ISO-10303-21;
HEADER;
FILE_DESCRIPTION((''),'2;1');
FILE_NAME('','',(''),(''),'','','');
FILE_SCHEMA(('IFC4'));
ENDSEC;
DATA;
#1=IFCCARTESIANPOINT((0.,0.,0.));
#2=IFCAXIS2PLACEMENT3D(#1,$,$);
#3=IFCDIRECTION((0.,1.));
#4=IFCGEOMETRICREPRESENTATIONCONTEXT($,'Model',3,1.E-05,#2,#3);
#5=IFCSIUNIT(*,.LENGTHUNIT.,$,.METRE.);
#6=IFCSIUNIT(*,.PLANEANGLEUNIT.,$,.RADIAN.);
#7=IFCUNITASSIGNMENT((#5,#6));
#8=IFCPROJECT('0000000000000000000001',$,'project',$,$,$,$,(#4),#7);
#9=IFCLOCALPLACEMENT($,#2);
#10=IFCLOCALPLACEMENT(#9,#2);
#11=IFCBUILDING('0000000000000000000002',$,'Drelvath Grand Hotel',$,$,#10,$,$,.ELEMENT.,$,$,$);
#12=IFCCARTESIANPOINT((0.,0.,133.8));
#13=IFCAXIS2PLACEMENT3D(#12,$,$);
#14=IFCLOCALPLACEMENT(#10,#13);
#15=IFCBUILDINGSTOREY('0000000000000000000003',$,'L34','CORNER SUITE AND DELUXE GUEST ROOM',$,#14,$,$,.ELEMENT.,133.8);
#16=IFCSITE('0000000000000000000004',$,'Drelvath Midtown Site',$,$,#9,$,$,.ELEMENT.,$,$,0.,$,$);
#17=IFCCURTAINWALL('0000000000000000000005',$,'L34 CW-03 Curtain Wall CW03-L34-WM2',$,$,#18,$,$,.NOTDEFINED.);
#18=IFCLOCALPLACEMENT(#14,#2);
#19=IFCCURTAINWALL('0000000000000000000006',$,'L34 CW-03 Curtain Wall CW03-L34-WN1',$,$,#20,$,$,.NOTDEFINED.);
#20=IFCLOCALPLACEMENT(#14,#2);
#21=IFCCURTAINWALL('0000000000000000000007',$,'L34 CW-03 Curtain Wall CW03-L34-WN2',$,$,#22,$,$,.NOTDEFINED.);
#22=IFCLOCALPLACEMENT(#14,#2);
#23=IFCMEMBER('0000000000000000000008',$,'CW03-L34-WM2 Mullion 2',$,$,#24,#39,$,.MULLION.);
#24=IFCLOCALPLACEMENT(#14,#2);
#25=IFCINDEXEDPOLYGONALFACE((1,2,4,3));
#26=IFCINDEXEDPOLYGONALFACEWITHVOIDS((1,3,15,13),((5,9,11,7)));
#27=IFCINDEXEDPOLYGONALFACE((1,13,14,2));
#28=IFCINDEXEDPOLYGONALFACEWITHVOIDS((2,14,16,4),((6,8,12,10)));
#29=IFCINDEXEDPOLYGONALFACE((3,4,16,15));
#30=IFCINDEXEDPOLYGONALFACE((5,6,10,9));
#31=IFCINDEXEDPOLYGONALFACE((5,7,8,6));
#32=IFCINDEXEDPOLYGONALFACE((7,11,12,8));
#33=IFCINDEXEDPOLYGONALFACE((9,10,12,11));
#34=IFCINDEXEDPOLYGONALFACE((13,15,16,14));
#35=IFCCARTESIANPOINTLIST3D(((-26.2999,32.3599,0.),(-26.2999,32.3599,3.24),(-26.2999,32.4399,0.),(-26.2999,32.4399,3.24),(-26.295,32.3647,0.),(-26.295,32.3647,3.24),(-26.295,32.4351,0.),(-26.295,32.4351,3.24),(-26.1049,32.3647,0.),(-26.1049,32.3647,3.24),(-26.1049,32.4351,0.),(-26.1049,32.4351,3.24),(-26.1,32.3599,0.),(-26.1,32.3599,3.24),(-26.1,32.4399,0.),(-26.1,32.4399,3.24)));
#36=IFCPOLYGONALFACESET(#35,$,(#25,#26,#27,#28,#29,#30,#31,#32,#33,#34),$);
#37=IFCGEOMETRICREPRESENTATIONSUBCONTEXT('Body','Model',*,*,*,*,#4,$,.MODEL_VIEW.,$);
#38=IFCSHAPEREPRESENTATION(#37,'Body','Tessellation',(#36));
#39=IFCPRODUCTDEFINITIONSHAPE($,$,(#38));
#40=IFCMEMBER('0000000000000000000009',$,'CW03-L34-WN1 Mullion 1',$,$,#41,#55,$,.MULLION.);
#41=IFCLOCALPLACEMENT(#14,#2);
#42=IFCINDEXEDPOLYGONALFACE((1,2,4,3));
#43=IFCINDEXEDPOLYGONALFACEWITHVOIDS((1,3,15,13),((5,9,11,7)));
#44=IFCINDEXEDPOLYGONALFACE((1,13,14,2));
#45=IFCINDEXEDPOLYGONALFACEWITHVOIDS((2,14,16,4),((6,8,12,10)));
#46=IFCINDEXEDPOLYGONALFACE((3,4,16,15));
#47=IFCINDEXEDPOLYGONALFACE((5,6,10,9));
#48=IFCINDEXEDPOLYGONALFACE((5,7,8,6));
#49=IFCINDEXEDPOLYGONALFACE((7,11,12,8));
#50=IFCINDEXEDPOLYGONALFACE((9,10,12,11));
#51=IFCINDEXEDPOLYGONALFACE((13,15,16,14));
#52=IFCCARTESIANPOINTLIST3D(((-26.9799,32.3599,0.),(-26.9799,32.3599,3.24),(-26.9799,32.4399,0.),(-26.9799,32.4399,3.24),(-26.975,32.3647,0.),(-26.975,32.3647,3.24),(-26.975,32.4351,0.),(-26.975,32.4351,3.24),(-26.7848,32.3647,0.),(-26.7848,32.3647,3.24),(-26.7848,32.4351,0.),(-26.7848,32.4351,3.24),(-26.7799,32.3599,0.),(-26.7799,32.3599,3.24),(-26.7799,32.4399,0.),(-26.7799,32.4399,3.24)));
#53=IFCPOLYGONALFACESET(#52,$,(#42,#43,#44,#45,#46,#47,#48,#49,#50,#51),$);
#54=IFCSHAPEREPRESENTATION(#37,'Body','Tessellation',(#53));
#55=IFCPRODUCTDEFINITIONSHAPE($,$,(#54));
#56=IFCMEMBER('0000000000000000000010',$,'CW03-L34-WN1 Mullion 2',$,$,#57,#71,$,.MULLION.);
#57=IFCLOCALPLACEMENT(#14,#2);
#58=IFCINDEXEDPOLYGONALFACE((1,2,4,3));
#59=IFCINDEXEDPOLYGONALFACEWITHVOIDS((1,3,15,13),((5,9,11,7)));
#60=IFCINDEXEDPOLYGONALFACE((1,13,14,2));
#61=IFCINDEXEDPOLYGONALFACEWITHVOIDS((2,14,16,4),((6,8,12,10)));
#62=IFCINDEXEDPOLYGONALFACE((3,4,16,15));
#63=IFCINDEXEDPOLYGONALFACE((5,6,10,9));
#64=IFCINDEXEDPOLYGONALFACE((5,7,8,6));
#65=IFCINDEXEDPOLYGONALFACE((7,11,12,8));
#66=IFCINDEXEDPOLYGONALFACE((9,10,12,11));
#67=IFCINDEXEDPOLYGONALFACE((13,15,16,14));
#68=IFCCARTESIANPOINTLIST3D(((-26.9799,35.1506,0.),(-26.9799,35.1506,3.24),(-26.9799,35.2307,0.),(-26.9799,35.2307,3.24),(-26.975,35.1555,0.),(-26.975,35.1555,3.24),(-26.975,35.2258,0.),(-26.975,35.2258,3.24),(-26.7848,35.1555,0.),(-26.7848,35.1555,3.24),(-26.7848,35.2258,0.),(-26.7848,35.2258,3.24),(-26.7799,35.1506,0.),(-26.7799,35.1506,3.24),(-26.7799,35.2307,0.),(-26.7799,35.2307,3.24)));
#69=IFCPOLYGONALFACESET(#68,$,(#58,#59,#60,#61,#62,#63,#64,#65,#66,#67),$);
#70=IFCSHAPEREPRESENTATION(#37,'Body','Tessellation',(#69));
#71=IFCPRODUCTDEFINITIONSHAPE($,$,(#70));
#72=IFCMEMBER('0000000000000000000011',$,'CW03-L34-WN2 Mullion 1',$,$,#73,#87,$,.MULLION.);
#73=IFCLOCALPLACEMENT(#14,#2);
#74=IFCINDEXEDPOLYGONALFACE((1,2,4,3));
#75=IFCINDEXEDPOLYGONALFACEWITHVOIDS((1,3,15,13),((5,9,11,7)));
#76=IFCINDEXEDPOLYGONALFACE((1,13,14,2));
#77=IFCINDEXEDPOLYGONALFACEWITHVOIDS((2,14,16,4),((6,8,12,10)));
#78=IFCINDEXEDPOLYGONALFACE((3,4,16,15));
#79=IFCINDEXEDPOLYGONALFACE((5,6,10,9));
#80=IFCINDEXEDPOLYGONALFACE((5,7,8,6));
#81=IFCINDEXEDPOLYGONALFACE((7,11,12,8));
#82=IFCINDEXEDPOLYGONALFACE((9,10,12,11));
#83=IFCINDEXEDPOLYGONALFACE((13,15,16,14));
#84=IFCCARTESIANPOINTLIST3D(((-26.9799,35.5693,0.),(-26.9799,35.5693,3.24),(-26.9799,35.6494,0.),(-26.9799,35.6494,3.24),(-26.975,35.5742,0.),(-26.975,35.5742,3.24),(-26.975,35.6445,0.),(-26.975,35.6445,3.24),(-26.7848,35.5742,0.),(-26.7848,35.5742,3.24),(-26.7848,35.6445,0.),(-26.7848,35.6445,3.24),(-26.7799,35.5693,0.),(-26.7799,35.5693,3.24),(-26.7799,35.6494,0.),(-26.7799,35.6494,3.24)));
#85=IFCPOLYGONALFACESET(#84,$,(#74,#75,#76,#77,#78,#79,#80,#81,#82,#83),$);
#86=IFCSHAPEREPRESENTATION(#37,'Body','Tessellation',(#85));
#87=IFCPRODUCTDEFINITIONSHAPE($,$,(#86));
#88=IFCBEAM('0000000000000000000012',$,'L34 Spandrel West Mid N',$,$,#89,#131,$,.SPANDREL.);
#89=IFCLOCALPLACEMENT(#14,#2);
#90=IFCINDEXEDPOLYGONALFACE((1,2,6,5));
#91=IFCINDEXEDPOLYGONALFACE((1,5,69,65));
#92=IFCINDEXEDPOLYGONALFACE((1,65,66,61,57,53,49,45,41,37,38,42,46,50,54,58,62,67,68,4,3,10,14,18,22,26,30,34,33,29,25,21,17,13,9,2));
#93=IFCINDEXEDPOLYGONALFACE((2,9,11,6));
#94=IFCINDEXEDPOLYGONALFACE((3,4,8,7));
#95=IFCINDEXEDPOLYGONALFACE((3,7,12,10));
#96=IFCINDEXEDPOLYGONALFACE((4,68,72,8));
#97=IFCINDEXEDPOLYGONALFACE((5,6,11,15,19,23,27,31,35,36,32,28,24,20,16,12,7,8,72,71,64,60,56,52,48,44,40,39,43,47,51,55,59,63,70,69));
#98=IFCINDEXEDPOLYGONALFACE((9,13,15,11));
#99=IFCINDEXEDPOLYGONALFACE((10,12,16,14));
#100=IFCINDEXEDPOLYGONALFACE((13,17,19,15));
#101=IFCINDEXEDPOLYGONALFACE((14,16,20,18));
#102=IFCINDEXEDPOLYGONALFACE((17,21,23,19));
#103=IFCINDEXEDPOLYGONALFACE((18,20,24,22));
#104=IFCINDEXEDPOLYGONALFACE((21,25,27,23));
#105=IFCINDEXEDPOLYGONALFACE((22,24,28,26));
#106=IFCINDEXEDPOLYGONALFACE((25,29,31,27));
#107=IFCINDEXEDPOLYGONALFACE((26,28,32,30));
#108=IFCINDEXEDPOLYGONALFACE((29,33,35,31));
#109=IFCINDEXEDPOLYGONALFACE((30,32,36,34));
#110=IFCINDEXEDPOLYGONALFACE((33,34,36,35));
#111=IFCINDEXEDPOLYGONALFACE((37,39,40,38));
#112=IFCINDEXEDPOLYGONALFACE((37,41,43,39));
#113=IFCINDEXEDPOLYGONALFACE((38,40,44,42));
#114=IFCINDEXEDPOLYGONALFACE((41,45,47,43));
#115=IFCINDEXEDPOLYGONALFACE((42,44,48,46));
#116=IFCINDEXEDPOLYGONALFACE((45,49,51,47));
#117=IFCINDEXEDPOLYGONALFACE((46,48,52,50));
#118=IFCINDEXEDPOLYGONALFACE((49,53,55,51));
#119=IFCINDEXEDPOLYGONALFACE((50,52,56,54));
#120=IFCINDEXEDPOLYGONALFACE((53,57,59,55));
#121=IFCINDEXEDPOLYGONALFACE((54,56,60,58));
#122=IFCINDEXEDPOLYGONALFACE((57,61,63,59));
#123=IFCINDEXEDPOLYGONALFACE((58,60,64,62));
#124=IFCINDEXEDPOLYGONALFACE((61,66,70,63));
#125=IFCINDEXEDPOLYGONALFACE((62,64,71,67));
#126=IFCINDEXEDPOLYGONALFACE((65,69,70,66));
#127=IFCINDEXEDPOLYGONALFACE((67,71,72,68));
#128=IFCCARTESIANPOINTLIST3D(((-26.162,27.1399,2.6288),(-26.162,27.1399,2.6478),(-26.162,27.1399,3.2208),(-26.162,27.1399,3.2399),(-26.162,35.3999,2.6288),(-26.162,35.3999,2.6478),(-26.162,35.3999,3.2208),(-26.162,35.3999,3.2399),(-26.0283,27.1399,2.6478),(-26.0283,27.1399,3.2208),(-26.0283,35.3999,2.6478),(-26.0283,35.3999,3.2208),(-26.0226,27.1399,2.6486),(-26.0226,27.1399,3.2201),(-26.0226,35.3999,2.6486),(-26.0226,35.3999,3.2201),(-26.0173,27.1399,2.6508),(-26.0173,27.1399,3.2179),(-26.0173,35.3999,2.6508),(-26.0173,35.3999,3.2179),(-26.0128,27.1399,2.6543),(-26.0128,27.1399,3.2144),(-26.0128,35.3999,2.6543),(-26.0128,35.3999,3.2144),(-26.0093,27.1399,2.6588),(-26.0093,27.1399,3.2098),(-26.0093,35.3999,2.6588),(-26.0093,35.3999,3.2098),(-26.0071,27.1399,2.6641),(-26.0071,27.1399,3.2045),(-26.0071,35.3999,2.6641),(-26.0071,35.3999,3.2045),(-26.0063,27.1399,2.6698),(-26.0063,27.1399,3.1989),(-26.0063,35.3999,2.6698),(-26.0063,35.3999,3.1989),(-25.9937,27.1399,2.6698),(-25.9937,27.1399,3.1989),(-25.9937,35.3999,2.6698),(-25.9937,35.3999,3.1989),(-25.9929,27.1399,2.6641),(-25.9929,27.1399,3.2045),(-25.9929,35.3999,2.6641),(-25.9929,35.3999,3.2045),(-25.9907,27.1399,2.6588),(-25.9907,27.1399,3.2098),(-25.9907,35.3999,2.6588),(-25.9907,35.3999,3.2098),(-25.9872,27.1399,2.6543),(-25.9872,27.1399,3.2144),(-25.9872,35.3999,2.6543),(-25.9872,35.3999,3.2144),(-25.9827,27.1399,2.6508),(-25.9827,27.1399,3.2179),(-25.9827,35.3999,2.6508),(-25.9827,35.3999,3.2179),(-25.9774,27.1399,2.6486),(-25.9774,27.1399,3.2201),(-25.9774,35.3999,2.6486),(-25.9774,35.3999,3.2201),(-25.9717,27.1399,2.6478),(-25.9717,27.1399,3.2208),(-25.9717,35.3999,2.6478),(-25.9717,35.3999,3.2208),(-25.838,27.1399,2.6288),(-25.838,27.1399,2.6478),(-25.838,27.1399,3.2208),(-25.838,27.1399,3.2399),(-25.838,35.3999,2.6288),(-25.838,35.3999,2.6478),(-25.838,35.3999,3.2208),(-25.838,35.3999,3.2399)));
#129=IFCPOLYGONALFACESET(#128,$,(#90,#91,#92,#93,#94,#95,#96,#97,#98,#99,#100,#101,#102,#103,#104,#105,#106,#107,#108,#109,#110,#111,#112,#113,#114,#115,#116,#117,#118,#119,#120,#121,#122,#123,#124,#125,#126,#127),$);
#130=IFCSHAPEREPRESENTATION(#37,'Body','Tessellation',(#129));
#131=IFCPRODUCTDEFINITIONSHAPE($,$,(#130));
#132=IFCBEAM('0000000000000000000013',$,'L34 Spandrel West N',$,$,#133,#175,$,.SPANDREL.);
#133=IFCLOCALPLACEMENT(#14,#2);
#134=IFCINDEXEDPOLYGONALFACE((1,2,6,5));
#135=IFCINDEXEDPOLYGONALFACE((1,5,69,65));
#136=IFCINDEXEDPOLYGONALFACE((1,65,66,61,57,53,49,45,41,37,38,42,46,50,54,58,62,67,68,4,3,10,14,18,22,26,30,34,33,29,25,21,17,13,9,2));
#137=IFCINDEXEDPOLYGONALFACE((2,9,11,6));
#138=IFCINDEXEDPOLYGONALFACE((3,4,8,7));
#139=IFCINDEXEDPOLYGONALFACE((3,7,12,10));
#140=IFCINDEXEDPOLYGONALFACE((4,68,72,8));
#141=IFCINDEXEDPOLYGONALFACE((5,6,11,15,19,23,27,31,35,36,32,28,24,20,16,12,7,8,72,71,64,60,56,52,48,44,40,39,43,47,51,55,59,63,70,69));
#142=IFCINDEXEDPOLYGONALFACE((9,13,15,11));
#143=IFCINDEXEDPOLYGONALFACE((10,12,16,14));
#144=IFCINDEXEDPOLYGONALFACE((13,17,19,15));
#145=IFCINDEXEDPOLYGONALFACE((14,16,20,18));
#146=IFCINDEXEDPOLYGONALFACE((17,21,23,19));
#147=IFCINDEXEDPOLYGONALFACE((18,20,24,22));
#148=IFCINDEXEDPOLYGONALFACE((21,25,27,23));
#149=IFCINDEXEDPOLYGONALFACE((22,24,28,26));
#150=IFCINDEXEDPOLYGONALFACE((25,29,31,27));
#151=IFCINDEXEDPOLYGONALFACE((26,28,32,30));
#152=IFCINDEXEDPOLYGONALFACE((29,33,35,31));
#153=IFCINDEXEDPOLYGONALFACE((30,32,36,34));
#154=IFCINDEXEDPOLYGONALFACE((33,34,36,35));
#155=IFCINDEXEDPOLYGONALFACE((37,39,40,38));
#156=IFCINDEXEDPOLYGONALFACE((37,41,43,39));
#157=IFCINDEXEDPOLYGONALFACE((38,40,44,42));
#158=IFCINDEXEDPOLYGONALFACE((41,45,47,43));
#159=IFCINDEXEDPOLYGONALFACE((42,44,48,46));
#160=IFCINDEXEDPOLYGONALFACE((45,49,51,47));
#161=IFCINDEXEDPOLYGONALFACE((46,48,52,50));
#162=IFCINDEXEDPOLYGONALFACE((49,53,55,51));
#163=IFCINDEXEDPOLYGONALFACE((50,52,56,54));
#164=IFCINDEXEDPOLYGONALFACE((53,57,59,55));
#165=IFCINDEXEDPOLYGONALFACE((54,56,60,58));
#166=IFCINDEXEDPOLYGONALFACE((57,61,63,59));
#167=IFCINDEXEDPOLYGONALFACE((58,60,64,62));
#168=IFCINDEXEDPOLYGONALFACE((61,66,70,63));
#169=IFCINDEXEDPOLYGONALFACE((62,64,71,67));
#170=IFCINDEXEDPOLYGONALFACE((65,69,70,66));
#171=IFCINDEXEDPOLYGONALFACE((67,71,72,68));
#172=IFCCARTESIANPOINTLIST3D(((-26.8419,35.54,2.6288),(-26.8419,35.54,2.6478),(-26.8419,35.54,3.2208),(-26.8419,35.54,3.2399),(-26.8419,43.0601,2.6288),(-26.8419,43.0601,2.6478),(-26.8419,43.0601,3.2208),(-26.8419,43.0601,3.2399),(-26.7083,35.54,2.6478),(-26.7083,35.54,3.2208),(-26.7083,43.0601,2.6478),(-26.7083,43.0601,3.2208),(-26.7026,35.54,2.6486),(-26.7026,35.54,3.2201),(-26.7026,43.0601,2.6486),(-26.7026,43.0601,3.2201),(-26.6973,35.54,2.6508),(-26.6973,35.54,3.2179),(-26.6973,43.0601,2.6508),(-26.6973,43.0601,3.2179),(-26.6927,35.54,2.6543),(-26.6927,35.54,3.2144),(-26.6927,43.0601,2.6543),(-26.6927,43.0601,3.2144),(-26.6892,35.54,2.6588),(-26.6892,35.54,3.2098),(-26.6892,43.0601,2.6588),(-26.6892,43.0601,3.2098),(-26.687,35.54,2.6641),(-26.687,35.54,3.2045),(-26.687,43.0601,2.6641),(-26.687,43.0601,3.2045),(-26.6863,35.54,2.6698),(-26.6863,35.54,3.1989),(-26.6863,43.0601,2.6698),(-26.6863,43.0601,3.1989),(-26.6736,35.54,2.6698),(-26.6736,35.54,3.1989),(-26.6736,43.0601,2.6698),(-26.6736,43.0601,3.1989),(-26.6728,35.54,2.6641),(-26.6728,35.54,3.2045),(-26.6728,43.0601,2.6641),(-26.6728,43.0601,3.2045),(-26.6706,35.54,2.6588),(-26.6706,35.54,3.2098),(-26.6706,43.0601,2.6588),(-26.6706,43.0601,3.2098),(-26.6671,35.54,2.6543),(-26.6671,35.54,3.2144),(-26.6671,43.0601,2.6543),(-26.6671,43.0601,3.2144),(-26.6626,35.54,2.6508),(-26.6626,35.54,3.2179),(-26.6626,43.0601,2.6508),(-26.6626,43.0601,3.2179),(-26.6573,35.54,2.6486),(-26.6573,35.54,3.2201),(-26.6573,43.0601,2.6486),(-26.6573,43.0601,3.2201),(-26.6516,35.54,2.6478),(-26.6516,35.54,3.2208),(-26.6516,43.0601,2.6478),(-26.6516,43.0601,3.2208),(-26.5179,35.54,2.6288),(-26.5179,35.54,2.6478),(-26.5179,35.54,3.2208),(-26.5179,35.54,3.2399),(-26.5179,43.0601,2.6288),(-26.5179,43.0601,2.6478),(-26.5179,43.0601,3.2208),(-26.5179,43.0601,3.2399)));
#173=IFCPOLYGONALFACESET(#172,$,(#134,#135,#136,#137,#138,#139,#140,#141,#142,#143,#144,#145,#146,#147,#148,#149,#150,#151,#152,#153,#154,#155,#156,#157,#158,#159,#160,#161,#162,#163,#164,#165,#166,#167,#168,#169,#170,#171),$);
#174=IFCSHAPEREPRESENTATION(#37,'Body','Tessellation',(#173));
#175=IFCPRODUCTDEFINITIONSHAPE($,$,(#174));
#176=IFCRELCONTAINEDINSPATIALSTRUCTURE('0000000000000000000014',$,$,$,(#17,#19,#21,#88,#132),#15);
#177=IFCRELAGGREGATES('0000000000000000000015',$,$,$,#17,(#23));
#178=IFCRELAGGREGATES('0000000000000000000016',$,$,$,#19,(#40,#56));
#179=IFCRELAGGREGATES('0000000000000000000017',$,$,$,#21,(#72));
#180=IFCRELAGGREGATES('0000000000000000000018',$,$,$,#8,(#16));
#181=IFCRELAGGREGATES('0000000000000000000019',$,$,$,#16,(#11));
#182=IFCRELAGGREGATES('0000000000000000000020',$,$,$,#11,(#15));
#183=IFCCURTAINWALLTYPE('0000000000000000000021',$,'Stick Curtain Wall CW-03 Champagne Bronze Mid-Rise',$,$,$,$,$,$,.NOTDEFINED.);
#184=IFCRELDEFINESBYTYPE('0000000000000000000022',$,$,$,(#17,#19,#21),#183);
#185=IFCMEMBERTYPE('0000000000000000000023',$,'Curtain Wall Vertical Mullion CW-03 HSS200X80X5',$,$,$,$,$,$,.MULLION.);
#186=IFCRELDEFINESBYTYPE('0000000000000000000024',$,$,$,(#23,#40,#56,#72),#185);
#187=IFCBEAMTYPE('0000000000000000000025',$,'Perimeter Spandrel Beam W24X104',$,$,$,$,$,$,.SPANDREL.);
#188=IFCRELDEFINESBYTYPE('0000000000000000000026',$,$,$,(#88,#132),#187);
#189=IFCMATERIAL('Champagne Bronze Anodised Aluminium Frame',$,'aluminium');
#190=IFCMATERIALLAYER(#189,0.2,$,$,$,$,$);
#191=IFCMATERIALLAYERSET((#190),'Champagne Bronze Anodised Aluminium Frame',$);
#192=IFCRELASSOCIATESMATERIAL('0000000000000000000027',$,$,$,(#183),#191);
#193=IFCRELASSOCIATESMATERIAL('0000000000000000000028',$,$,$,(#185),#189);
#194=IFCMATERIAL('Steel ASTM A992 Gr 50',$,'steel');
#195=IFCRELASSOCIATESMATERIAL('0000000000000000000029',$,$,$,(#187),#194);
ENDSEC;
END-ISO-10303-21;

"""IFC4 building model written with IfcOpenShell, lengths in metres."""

from ifc_helpers import new_model, si_unit, direction, frame, origin, origin_2d, place, context, subcontext, project, spatial, hollow_rectangle, i_section, extrude, material, layer, layer_set, material_profile, profile_set, type_object, element, aggregate, save


model = new_model("IFC4")

# Units and contexts
model_context = context("Model", 3, precision=1e-05, world=origin(), true_north=direction((0.0, 1.0)))
body_context = subcontext(model_context, "Body", "Model", "MODEL_VIEW")
ifc_project = project(units=[si_unit("LENGTHUNIT", "METRE"), si_unit("PLANEANGLEUNIT", "RADIAN")], contexts=[model_context])

# Site, building, storey
site_placement = place(None, origin())
site = spatial("IfcSite", under=ifc_project, at=site_placement, Name="Drelvath Midtown Site", CompositionType="ELEMENT", RefElevation=0.0)
building_placement = place(site_placement, origin())
building = spatial("IfcBuilding", under=site, at=building_placement, Name="Drelvath Grand Hotel", CompositionType="ELEMENT")
storey_placement = place(building_placement, frame((0.0, 0.0, 133.8)))
storey = spatial("IfcBuildingStorey", under=building, at=storey_placement, Name="L34", Description="CORNER SUITE AND DELUXE GUEST ROOM", CompositionType="ELEMENT", Elevation=133.8)

# Curtain walls
ifc_material_1 = material(Name="Champagne Bronze Anodised Aluminium Frame", Category="aluminium")
ifc_layer_1 = layer(ifc_material_1, 0.2)
ifc_layer_set_1 = layer_set([ifc_layer_1], Name="Champagne Bronze Anodised Aluminium Frame")
curtain_wall_type = type_object("IfcCurtainWallType", Name="Stick Curtain Wall CW-03 Champagne Bronze Mid-Rise", PredefinedType="NOTDEFINED", material=ifc_layer_set_1)
curtain_wall_1_placement = place(storey_placement, origin())
curtain_wall_1 = element("IfcCurtainWall", 1, at=curtain_wall_1_placement, inside=storey, type_object=curtain_wall_type, Name="L34 CW-03 Curtain Wall CW03-L34-WM2", PredefinedType="NOTDEFINED")
curtain_wall_2_placement = place(storey_placement, origin())
curtain_wall_2 = element("IfcCurtainWall", 2, at=curtain_wall_2_placement, inside=storey, type_object=curtain_wall_type, Name="L34 CW-03 Curtain Wall CW03-L34-WN1", PredefinedType="NOTDEFINED")
curtain_wall_3_placement = place(storey_placement, origin())
curtain_wall_3 = element("IfcCurtainWall", 3, at=curtain_wall_3_placement, inside=storey, type_object=curtain_wall_type, Name="L34 CW-03 Curtain Wall CW03-L34-WN2", PredefinedType="NOTDEFINED")
ifc_material_profile_1 = material_profile(ifc_material_1, hollow_rectangle(XDim=0.0801, YDim=0.2, WallThickness=0.0049, at=origin_2d()), Name="HSS200X80X5")
ifc_profile_set_1 = profile_set([ifc_material_profile_1], Name="Champagne Bronze Anodised Aluminium Frame")
member_type_1 = type_object("IfcMemberType", Name="Curtain Wall Vertical Mullion CW-03 HSS200X80X5", PredefinedType="MULLION", material=ifc_profile_set_1)

# Members
member_1_placement = place(storey_placement, frame((-26.2, 32.3999, 0.0), z_axis=(0.0, 0.0, 1.0), x_axis=(0.0, 1.0, 0.0)))
member_1 = element("IfcMember", 4, at=member_1_placement, type_object=member_type_1, Name="CW03-L34-WM2 Mullion 2", PredefinedType="MULLION", context=body_context, shape_type="SweptSolid", body=[
    extrude(hollow_rectangle(XDim=0.0801, YDim=0.2, WallThickness=0.0049, at=origin_2d()), origin(), (0.0, 0.0, 1.0), 3.24),
])
member_2_placement = place(storey_placement, frame((-26.8799, 32.3999, 0.0), z_axis=(0.0, 0.0, 1.0), x_axis=(0.0, 1.0, 0.0)))
member_2 = element("IfcMember", 5, at=member_2_placement, type_object=member_type_1, Name="CW03-L34-WN1 Mullion 1", PredefinedType="MULLION", context=body_context, shape_type="SweptSolid", body=[
    extrude(hollow_rectangle(XDim=0.0801, YDim=0.2, WallThickness=0.0049, at=origin_2d()), origin(), (0.0, 0.0, 1.0), 3.24),
])
member_3_placement = place(storey_placement, frame((-26.8799, 35.1907, 0.0), z_axis=(0.0, 0.0, 1.0), x_axis=(0.0, 1.0, 0.0)))
member_3 = element("IfcMember", 6, at=member_3_placement, type_object=member_type_1, Name="CW03-L34-WN1 Mullion 2", PredefinedType="MULLION", context=body_context, shape_type="SweptSolid", body=[
    extrude(hollow_rectangle(XDim=0.0801, YDim=0.2, WallThickness=0.0049, at=origin_2d()), origin(), (0.0, 0.0, 1.0), 3.24),
])
member_4_placement = place(storey_placement, frame((-26.8799, 35.6094, 0.0), z_axis=(0.0, 0.0, 1.0), x_axis=(0.0, 1.0, 0.0)))
member_4 = element("IfcMember", 7, at=member_4_placement, type_object=member_type_1, Name="CW03-L34-WN2 Mullion 1", PredefinedType="MULLION", context=body_context, shape_type="SweptSolid", body=[
    extrude(hollow_rectangle(XDim=0.0801, YDim=0.2, WallThickness=0.0049, at=origin_2d()), origin(), (0.0, 0.0, 1.0), 3.24),
])

# Beams
ifc_material_2 = material(Name="Steel ASTM A992 Gr 50", Category="steel")
ifc_material_profile_2 = material_profile(ifc_material_2, i_section(OverallWidth=0.324, OverallDepth=0.6111, WebThickness=0.0127, FlangeThickness=0.019, FilletRadius=0.022, at=origin_2d()), Name="W24X104")
ifc_profile_set_2 = profile_set([ifc_material_profile_2], Name="Steel ASTM A992 Gr 50")
beam_type_1 = type_object("IfcBeamType", Name="Perimeter Spandrel Beam W24X104", PredefinedType="SPANDREL", material=ifc_profile_set_2)
beam_1_placement = place(storey_placement, frame((-26.0, 27.1399, 2.9343), z_axis=(0.0, 1.0, 0.0), x_axis=(-1.0, 0.0, 0.0)))
element("IfcBeam", 8, at=beam_1_placement, inside=storey, type_object=beam_type_1, Name="L34 Spandrel West Mid N", PredefinedType="SPANDREL", context=body_context, shape_type="SweptSolid", body=[
    extrude(i_section(OverallWidth=0.324, OverallDepth=0.6111, WebThickness=0.0127, FlangeThickness=0.019, FilletRadius=0.022, at=origin_2d()), origin(), (0.0, 0.0, 1.0), 8.26),
])
beam_2_placement = place(storey_placement, frame((-26.6799, 35.54, 2.9343), z_axis=(0.0, 1.0, 0.0), x_axis=(-1.0, 0.0, 0.0)))
element("IfcBeam", 9, at=beam_2_placement, inside=storey, type_object=beam_type_1, Name="L34 Spandrel West N", PredefinedType="SPANDREL", context=body_context, shape_type="SweptSolid", body=[
    extrude(i_section(OverallWidth=0.324, OverallDepth=0.6111, WebThickness=0.0127, FlangeThickness=0.019, FilletRadius=0.022, at=origin_2d()), origin(), (0.0, 0.0, 1.0), 7.52),
])

aggregate(curtain_wall_1, [member_1])
aggregate(curtain_wall_2, [member_2, member_3])
aggregate(curtain_wall_3, [member_4])

save(model, "model.ifc")
